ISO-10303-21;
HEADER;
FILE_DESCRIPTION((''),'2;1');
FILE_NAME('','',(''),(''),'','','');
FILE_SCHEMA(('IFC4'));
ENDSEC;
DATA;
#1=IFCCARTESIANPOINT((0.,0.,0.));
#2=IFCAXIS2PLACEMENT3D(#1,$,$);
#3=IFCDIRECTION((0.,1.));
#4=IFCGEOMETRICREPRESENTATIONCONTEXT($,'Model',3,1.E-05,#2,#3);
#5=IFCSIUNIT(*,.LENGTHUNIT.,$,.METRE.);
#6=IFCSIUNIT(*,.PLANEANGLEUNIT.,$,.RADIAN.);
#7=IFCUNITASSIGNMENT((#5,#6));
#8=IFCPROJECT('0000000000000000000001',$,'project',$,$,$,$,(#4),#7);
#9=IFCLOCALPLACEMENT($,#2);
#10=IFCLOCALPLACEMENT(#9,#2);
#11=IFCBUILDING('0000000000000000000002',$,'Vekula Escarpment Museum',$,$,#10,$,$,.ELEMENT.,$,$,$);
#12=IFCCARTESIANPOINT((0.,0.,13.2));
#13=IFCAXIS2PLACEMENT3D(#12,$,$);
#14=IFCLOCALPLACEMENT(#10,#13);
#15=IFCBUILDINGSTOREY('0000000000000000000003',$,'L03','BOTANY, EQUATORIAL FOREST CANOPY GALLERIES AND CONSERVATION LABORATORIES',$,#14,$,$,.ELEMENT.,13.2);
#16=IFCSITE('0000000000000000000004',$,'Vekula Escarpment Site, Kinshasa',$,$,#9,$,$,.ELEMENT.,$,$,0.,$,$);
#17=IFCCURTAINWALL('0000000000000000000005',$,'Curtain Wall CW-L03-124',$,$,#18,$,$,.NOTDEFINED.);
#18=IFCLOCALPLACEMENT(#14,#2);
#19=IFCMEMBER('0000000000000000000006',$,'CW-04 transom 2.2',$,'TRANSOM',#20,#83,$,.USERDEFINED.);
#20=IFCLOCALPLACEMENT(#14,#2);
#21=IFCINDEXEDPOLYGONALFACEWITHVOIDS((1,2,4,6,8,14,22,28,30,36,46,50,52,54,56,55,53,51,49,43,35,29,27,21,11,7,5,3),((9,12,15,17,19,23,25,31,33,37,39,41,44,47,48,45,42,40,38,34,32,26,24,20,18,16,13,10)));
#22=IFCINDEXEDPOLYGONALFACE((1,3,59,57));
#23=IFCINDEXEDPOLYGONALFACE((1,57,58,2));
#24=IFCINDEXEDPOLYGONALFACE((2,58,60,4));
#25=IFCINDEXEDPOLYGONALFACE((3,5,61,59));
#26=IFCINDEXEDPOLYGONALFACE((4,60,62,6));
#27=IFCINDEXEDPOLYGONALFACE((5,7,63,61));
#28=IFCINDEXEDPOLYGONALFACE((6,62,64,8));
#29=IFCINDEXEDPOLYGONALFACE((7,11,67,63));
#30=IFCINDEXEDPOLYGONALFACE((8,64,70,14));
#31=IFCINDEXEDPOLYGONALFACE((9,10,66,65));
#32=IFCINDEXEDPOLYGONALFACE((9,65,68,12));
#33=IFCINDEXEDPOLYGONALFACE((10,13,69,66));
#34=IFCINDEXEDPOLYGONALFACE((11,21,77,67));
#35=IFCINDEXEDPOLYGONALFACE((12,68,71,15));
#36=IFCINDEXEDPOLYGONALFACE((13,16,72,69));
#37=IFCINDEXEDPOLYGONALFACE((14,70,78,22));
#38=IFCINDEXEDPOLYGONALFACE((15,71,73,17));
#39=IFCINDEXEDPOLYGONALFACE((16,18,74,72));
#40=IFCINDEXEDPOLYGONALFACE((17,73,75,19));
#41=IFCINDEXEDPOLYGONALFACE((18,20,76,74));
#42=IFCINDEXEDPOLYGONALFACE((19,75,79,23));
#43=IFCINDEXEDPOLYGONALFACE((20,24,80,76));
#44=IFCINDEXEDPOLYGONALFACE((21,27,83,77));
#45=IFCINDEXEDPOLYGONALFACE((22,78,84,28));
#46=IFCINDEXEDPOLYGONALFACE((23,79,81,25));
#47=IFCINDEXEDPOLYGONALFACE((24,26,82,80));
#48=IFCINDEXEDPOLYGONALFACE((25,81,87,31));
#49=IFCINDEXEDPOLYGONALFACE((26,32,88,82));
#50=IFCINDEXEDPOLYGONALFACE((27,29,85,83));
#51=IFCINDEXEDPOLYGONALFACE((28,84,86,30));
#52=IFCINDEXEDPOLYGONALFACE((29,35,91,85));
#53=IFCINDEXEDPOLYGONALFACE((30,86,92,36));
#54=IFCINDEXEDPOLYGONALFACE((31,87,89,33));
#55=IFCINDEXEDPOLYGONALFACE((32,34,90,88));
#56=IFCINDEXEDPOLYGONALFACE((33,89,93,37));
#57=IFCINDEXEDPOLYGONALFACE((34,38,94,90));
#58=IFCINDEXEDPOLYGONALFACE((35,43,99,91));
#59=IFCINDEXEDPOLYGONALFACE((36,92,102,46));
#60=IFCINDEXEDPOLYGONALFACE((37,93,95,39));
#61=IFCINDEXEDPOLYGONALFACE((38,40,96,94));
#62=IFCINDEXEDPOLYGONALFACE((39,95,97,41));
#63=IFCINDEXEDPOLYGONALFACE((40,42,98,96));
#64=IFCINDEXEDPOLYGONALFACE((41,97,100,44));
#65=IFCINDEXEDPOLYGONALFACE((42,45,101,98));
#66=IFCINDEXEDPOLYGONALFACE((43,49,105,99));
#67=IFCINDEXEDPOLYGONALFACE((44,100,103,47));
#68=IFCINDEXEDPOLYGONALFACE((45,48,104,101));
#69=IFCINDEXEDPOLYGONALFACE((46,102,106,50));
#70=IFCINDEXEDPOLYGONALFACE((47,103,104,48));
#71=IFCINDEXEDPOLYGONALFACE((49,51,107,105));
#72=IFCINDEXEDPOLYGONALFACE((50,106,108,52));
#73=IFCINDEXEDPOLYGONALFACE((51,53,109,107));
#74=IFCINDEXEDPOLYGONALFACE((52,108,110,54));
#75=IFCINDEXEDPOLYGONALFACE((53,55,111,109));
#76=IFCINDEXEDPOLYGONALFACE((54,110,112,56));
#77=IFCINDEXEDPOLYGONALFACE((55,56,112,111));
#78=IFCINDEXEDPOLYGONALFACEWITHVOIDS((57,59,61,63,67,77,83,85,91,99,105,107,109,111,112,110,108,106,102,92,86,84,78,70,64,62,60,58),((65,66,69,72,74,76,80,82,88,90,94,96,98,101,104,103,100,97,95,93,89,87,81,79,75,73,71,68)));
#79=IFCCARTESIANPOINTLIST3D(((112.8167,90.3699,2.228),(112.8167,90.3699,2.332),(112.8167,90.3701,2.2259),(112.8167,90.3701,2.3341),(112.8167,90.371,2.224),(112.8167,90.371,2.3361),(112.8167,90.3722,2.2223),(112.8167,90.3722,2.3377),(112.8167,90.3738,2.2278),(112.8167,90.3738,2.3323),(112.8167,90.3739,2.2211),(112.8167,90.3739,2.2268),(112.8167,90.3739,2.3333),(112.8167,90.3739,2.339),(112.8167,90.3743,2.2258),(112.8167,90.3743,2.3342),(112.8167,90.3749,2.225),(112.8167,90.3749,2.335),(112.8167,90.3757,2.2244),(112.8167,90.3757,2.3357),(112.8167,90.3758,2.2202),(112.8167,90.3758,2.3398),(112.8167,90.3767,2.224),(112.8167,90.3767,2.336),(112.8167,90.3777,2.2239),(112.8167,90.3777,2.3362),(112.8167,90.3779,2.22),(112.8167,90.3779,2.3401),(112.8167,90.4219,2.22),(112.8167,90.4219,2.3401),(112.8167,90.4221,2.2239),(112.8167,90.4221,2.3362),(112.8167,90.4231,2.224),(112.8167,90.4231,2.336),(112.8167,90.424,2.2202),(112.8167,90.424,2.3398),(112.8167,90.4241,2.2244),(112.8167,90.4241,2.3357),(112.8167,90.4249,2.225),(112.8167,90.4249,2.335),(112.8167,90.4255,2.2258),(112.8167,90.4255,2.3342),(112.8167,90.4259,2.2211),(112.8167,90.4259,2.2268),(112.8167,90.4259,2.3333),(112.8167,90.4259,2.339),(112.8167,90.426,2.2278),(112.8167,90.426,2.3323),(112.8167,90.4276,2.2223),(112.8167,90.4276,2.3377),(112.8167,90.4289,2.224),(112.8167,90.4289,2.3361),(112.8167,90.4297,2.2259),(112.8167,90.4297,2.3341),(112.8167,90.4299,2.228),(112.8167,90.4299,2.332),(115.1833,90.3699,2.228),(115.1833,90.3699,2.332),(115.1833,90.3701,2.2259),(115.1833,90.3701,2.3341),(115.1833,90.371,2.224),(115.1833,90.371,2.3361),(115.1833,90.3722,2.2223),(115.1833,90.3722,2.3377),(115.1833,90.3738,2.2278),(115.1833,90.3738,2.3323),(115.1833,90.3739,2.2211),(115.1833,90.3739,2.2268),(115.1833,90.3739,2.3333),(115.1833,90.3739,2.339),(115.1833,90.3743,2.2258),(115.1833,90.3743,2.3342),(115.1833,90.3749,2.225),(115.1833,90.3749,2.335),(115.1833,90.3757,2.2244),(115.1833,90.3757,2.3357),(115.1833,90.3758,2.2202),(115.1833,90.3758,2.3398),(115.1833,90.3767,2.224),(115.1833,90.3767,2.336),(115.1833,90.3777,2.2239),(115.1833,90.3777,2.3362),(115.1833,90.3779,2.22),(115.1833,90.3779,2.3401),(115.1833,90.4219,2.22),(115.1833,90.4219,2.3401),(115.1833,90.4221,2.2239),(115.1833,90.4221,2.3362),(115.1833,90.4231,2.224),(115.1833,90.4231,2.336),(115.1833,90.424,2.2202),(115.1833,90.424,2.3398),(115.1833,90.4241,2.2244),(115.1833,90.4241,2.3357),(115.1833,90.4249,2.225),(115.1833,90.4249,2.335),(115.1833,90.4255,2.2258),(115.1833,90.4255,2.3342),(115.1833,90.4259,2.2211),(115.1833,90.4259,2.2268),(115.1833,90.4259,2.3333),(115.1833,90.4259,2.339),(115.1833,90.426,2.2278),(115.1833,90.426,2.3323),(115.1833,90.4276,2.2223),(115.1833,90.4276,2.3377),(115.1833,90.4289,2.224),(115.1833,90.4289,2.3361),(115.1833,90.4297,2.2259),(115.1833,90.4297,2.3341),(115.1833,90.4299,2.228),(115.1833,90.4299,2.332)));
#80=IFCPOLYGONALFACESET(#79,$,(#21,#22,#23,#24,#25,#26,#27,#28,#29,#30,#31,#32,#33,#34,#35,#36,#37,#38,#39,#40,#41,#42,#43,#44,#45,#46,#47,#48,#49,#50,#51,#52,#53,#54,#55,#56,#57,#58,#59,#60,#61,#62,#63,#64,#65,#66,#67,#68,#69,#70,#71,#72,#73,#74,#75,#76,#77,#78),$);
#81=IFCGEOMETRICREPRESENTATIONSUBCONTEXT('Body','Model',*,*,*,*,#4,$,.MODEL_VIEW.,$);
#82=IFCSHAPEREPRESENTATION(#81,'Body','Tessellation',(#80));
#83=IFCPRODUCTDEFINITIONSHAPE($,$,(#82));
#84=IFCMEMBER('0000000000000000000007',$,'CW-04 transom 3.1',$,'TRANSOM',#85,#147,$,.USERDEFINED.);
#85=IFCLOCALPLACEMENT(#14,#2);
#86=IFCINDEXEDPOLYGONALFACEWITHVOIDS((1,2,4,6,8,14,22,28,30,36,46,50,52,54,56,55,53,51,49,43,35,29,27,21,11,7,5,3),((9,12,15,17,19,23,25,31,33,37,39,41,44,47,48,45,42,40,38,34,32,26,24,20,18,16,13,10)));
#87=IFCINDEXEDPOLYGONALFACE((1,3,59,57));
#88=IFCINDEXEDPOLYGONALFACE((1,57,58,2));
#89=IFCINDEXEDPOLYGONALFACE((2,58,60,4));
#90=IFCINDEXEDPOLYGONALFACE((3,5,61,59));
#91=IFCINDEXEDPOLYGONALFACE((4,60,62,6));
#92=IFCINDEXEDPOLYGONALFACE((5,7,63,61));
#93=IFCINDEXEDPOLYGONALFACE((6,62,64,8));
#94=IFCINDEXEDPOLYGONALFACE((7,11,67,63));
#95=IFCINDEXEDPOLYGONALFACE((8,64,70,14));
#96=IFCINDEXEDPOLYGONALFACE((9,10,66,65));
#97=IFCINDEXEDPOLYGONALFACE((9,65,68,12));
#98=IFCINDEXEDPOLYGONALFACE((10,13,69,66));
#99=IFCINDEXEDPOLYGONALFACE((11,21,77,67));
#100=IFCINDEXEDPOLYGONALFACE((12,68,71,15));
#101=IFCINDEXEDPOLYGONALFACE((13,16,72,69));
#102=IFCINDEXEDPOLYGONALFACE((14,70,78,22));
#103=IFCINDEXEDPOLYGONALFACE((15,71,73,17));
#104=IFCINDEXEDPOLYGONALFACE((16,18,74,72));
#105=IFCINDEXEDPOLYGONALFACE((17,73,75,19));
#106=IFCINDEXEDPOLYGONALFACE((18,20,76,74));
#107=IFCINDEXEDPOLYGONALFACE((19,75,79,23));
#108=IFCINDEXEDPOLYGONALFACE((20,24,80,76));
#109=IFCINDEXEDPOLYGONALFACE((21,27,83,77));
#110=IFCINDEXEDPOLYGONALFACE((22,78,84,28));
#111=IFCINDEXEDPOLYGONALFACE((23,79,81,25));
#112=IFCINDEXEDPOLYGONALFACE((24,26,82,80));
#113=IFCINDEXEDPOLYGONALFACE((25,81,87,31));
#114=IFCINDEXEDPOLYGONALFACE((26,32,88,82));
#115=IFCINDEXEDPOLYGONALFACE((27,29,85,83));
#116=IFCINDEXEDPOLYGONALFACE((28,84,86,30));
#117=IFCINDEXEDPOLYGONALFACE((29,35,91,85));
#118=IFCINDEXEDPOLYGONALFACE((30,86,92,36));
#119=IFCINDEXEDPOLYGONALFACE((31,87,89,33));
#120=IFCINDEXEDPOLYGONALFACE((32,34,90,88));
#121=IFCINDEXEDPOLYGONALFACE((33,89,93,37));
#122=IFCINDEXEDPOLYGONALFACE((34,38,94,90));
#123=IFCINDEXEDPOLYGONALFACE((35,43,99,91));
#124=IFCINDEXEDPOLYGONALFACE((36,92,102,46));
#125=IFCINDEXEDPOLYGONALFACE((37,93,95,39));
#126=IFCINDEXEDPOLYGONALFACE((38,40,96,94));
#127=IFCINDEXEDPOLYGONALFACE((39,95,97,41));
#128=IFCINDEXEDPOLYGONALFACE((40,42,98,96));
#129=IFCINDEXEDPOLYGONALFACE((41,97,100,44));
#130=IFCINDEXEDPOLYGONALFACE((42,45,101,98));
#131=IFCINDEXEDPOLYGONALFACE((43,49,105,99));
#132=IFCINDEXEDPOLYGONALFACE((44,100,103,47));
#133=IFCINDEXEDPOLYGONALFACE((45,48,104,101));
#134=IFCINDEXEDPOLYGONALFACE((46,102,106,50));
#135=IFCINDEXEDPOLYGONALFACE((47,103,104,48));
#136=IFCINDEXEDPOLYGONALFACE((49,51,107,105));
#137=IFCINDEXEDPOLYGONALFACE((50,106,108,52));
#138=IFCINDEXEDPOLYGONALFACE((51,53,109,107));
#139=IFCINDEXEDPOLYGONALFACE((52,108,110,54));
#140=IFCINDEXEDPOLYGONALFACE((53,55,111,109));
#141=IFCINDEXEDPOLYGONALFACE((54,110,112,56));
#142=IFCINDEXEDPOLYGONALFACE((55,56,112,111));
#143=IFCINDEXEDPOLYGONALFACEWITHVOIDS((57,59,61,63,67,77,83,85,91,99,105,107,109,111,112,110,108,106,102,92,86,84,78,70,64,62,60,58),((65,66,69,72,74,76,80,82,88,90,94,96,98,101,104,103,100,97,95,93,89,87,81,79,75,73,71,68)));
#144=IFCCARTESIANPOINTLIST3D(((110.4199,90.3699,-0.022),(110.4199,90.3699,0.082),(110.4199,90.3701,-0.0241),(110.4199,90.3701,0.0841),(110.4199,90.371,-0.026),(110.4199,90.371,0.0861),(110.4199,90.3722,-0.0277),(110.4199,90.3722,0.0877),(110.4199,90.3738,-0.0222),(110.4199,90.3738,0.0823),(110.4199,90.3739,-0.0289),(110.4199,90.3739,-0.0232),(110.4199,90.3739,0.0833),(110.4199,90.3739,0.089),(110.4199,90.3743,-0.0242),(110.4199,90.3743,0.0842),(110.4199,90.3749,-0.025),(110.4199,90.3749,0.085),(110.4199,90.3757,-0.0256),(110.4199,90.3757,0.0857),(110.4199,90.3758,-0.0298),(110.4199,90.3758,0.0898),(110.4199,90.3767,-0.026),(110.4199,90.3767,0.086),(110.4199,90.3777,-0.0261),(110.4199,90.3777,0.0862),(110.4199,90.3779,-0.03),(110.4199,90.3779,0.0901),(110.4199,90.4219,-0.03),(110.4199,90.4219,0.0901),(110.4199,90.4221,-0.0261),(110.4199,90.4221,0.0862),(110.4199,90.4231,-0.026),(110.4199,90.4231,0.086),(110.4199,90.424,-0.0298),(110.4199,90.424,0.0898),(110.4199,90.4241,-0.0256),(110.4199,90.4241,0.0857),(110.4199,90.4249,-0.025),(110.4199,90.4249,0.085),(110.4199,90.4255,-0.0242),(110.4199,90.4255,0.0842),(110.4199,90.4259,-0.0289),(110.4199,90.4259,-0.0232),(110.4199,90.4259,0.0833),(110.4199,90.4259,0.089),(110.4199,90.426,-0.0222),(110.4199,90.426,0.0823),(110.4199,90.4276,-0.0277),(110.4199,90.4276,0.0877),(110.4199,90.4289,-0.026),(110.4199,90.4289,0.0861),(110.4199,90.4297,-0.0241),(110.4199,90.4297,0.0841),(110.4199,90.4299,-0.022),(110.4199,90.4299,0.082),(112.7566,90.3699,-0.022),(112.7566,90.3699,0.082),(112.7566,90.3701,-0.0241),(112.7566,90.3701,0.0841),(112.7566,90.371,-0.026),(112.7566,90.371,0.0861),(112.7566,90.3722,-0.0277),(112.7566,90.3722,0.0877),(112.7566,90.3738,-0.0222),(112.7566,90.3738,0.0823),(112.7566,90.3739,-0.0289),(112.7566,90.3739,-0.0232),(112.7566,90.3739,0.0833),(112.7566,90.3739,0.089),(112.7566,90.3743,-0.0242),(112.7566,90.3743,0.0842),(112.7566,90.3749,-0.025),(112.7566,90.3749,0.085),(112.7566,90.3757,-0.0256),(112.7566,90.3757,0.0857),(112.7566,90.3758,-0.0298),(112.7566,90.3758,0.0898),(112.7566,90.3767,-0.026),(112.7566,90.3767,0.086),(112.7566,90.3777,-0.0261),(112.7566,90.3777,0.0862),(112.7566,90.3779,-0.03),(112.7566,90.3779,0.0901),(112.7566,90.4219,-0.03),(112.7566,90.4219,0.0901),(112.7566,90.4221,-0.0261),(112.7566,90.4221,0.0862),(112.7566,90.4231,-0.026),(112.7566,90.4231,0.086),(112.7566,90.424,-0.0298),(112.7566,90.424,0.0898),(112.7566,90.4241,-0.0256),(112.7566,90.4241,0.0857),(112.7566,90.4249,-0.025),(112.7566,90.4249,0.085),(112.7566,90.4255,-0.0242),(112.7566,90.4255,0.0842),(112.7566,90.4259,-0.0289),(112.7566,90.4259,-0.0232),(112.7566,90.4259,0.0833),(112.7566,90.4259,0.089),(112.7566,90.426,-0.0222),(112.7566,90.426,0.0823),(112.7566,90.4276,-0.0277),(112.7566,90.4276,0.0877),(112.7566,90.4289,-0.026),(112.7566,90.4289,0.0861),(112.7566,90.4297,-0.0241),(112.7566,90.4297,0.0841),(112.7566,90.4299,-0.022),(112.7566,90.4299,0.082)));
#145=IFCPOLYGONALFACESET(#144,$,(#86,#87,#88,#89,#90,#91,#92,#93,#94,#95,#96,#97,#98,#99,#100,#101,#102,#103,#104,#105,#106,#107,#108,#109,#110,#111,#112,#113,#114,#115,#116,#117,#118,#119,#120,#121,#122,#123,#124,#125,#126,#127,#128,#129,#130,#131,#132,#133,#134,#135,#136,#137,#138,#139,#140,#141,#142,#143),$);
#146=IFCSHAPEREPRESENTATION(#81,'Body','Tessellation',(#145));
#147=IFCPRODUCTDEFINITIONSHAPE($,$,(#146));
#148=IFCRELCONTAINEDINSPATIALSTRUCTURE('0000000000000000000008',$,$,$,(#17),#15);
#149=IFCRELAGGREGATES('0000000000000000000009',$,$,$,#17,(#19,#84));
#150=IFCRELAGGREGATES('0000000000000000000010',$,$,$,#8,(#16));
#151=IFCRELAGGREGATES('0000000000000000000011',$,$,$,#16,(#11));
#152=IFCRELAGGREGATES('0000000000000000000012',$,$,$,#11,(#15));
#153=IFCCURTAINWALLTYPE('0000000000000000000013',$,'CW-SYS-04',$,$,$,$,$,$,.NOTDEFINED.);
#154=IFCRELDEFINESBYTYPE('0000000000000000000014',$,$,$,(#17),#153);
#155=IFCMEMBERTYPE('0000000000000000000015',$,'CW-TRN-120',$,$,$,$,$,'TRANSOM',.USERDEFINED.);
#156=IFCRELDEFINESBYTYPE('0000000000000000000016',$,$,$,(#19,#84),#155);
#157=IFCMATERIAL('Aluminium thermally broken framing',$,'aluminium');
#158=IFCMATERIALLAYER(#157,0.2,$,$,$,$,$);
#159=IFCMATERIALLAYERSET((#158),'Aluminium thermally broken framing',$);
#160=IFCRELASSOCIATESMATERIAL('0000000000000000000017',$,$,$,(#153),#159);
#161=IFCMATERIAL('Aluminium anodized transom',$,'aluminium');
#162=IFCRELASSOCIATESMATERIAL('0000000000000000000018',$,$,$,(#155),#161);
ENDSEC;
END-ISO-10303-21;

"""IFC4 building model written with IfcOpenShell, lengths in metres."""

from ifc_helpers import new_model, si_unit, direction, frame, origin, origin_2d, place, context, subcontext, project, spatial, hollow_rectangle, extrude, material, layer, layer_set, material_profile, profile_set, type_object, element, aggregate, save


model = new_model("IFC4")

# Units and contexts
model_context = context("Model", 3, precision=1e-05, world=origin(), true_north=direction((0.0, 1.0)))
body_context = subcontext(model_context, "Body", "Model", "MODEL_VIEW")
ifc_project = project(units=[si_unit("LENGTHUNIT", "METRE"), si_unit("PLANEANGLEUNIT", "RADIAN")], contexts=[model_context])

# Site, building, storey
site_placement = place(None, origin())
site = spatial("IfcSite", under=ifc_project, at=site_placement, Name="Vekula Escarpment Site, Kinshasa", CompositionType="ELEMENT", RefElevation=0.0)
building_placement = place(site_placement, origin())
building = spatial("IfcBuilding", under=site, at=building_placement, Name="Vekula Escarpment Museum", CompositionType="ELEMENT")
storey_placement = place(building_placement, frame((0.0, 0.0, 13.2)))
storey = spatial("IfcBuildingStorey", under=building, at=storey_placement, Name="L03", Description="BOTANY, EQUATORIAL FOREST CANOPY GALLERIES AND CONSERVATION LABORATORIES", CompositionType="ELEMENT", Elevation=13.2)

# Curtain wall
ifc_material_1 = material(Name="Aluminium thermally broken framing", Category="aluminium")
ifc_layer_1 = layer(ifc_material_1, 0.2)
ifc_layer_set_1 = layer_set([ifc_layer_1], Name="Aluminium thermally broken framing")
curtain_wall_type_1 = type_object("IfcCurtainWallType", Name="CW-SYS-04", PredefinedType="NOTDEFINED", material=ifc_layer_set_1)
curtain_wall_1_placement = place(storey_placement, origin())
curtain_wall_1 = element("IfcCurtainWall", 1, at=curtain_wall_1_placement, inside=storey, type_object=curtain_wall_type_1, Name="Curtain Wall CW-L03-124", PredefinedType="NOTDEFINED")

# Members
ifc_material_2 = material(Name="Aluminium anodized transom", Category="aluminium")
ifc_material_profile_1 = material_profile(ifc_material_2, hollow_rectangle(XDim=0.0601, YDim=0.1201, WallThickness=0.0039, InnerFilletRadius=0.0039, OuterFilletRadius=0.0081, at=origin_2d()), Name="ALU 120x60x4")
ifc_profile_set_1 = profile_set([ifc_material_profile_1], Name="Aluminium anodized transom")
member_type_1 = type_object("IfcMemberType", Name="CW-TRN-120", ElementType="TRANSOM", PredefinedType="USERDEFINED", material=ifc_profile_set_1)
member_1_placement = place(storey_placement, frame((115.1833, 90.3999, 2.28), z_axis=(-1.0, 0.0, 0.0), x_axis=(0.0, -1.0, 0.0)))
member_1 = element("IfcMember", 2, at=member_1_placement, type_object=member_type_1, Name="CW-04 transom 2.2", ObjectType="TRANSOM", PredefinedType="USERDEFINED", context=body_context, shape_type="SweptSolid", body=[
    extrude(hollow_rectangle(XDim=0.0601, YDim=0.1201, WallThickness=0.0039, InnerFilletRadius=0.0039, OuterFilletRadius=0.0081, at=origin_2d()), origin(), (0.0, 0.0, 1.0), 2.3667),
])
member_2_placement = place(storey_placement, frame((112.7566, 90.3999, 0.03), z_axis=(-1.0, 0.0, 0.0), x_axis=(0.0, -1.0, 0.0)))
member_2 = element("IfcMember", 3, at=member_2_placement, type_object=member_type_1, Name="CW-04 transom 3.1", ObjectType="TRANSOM", PredefinedType="USERDEFINED", context=body_context, shape_type="SweptSolid", body=[
    extrude(hollow_rectangle(XDim=0.0601, YDim=0.1201, WallThickness=0.0039, InnerFilletRadius=0.0039, OuterFilletRadius=0.0081, at=origin_2d()), origin(), (0.0, 0.0, 1.0), 2.3367),
])

aggregate(curtain_wall_1, [member_1, member_2])

save(model, "model.ifc")
